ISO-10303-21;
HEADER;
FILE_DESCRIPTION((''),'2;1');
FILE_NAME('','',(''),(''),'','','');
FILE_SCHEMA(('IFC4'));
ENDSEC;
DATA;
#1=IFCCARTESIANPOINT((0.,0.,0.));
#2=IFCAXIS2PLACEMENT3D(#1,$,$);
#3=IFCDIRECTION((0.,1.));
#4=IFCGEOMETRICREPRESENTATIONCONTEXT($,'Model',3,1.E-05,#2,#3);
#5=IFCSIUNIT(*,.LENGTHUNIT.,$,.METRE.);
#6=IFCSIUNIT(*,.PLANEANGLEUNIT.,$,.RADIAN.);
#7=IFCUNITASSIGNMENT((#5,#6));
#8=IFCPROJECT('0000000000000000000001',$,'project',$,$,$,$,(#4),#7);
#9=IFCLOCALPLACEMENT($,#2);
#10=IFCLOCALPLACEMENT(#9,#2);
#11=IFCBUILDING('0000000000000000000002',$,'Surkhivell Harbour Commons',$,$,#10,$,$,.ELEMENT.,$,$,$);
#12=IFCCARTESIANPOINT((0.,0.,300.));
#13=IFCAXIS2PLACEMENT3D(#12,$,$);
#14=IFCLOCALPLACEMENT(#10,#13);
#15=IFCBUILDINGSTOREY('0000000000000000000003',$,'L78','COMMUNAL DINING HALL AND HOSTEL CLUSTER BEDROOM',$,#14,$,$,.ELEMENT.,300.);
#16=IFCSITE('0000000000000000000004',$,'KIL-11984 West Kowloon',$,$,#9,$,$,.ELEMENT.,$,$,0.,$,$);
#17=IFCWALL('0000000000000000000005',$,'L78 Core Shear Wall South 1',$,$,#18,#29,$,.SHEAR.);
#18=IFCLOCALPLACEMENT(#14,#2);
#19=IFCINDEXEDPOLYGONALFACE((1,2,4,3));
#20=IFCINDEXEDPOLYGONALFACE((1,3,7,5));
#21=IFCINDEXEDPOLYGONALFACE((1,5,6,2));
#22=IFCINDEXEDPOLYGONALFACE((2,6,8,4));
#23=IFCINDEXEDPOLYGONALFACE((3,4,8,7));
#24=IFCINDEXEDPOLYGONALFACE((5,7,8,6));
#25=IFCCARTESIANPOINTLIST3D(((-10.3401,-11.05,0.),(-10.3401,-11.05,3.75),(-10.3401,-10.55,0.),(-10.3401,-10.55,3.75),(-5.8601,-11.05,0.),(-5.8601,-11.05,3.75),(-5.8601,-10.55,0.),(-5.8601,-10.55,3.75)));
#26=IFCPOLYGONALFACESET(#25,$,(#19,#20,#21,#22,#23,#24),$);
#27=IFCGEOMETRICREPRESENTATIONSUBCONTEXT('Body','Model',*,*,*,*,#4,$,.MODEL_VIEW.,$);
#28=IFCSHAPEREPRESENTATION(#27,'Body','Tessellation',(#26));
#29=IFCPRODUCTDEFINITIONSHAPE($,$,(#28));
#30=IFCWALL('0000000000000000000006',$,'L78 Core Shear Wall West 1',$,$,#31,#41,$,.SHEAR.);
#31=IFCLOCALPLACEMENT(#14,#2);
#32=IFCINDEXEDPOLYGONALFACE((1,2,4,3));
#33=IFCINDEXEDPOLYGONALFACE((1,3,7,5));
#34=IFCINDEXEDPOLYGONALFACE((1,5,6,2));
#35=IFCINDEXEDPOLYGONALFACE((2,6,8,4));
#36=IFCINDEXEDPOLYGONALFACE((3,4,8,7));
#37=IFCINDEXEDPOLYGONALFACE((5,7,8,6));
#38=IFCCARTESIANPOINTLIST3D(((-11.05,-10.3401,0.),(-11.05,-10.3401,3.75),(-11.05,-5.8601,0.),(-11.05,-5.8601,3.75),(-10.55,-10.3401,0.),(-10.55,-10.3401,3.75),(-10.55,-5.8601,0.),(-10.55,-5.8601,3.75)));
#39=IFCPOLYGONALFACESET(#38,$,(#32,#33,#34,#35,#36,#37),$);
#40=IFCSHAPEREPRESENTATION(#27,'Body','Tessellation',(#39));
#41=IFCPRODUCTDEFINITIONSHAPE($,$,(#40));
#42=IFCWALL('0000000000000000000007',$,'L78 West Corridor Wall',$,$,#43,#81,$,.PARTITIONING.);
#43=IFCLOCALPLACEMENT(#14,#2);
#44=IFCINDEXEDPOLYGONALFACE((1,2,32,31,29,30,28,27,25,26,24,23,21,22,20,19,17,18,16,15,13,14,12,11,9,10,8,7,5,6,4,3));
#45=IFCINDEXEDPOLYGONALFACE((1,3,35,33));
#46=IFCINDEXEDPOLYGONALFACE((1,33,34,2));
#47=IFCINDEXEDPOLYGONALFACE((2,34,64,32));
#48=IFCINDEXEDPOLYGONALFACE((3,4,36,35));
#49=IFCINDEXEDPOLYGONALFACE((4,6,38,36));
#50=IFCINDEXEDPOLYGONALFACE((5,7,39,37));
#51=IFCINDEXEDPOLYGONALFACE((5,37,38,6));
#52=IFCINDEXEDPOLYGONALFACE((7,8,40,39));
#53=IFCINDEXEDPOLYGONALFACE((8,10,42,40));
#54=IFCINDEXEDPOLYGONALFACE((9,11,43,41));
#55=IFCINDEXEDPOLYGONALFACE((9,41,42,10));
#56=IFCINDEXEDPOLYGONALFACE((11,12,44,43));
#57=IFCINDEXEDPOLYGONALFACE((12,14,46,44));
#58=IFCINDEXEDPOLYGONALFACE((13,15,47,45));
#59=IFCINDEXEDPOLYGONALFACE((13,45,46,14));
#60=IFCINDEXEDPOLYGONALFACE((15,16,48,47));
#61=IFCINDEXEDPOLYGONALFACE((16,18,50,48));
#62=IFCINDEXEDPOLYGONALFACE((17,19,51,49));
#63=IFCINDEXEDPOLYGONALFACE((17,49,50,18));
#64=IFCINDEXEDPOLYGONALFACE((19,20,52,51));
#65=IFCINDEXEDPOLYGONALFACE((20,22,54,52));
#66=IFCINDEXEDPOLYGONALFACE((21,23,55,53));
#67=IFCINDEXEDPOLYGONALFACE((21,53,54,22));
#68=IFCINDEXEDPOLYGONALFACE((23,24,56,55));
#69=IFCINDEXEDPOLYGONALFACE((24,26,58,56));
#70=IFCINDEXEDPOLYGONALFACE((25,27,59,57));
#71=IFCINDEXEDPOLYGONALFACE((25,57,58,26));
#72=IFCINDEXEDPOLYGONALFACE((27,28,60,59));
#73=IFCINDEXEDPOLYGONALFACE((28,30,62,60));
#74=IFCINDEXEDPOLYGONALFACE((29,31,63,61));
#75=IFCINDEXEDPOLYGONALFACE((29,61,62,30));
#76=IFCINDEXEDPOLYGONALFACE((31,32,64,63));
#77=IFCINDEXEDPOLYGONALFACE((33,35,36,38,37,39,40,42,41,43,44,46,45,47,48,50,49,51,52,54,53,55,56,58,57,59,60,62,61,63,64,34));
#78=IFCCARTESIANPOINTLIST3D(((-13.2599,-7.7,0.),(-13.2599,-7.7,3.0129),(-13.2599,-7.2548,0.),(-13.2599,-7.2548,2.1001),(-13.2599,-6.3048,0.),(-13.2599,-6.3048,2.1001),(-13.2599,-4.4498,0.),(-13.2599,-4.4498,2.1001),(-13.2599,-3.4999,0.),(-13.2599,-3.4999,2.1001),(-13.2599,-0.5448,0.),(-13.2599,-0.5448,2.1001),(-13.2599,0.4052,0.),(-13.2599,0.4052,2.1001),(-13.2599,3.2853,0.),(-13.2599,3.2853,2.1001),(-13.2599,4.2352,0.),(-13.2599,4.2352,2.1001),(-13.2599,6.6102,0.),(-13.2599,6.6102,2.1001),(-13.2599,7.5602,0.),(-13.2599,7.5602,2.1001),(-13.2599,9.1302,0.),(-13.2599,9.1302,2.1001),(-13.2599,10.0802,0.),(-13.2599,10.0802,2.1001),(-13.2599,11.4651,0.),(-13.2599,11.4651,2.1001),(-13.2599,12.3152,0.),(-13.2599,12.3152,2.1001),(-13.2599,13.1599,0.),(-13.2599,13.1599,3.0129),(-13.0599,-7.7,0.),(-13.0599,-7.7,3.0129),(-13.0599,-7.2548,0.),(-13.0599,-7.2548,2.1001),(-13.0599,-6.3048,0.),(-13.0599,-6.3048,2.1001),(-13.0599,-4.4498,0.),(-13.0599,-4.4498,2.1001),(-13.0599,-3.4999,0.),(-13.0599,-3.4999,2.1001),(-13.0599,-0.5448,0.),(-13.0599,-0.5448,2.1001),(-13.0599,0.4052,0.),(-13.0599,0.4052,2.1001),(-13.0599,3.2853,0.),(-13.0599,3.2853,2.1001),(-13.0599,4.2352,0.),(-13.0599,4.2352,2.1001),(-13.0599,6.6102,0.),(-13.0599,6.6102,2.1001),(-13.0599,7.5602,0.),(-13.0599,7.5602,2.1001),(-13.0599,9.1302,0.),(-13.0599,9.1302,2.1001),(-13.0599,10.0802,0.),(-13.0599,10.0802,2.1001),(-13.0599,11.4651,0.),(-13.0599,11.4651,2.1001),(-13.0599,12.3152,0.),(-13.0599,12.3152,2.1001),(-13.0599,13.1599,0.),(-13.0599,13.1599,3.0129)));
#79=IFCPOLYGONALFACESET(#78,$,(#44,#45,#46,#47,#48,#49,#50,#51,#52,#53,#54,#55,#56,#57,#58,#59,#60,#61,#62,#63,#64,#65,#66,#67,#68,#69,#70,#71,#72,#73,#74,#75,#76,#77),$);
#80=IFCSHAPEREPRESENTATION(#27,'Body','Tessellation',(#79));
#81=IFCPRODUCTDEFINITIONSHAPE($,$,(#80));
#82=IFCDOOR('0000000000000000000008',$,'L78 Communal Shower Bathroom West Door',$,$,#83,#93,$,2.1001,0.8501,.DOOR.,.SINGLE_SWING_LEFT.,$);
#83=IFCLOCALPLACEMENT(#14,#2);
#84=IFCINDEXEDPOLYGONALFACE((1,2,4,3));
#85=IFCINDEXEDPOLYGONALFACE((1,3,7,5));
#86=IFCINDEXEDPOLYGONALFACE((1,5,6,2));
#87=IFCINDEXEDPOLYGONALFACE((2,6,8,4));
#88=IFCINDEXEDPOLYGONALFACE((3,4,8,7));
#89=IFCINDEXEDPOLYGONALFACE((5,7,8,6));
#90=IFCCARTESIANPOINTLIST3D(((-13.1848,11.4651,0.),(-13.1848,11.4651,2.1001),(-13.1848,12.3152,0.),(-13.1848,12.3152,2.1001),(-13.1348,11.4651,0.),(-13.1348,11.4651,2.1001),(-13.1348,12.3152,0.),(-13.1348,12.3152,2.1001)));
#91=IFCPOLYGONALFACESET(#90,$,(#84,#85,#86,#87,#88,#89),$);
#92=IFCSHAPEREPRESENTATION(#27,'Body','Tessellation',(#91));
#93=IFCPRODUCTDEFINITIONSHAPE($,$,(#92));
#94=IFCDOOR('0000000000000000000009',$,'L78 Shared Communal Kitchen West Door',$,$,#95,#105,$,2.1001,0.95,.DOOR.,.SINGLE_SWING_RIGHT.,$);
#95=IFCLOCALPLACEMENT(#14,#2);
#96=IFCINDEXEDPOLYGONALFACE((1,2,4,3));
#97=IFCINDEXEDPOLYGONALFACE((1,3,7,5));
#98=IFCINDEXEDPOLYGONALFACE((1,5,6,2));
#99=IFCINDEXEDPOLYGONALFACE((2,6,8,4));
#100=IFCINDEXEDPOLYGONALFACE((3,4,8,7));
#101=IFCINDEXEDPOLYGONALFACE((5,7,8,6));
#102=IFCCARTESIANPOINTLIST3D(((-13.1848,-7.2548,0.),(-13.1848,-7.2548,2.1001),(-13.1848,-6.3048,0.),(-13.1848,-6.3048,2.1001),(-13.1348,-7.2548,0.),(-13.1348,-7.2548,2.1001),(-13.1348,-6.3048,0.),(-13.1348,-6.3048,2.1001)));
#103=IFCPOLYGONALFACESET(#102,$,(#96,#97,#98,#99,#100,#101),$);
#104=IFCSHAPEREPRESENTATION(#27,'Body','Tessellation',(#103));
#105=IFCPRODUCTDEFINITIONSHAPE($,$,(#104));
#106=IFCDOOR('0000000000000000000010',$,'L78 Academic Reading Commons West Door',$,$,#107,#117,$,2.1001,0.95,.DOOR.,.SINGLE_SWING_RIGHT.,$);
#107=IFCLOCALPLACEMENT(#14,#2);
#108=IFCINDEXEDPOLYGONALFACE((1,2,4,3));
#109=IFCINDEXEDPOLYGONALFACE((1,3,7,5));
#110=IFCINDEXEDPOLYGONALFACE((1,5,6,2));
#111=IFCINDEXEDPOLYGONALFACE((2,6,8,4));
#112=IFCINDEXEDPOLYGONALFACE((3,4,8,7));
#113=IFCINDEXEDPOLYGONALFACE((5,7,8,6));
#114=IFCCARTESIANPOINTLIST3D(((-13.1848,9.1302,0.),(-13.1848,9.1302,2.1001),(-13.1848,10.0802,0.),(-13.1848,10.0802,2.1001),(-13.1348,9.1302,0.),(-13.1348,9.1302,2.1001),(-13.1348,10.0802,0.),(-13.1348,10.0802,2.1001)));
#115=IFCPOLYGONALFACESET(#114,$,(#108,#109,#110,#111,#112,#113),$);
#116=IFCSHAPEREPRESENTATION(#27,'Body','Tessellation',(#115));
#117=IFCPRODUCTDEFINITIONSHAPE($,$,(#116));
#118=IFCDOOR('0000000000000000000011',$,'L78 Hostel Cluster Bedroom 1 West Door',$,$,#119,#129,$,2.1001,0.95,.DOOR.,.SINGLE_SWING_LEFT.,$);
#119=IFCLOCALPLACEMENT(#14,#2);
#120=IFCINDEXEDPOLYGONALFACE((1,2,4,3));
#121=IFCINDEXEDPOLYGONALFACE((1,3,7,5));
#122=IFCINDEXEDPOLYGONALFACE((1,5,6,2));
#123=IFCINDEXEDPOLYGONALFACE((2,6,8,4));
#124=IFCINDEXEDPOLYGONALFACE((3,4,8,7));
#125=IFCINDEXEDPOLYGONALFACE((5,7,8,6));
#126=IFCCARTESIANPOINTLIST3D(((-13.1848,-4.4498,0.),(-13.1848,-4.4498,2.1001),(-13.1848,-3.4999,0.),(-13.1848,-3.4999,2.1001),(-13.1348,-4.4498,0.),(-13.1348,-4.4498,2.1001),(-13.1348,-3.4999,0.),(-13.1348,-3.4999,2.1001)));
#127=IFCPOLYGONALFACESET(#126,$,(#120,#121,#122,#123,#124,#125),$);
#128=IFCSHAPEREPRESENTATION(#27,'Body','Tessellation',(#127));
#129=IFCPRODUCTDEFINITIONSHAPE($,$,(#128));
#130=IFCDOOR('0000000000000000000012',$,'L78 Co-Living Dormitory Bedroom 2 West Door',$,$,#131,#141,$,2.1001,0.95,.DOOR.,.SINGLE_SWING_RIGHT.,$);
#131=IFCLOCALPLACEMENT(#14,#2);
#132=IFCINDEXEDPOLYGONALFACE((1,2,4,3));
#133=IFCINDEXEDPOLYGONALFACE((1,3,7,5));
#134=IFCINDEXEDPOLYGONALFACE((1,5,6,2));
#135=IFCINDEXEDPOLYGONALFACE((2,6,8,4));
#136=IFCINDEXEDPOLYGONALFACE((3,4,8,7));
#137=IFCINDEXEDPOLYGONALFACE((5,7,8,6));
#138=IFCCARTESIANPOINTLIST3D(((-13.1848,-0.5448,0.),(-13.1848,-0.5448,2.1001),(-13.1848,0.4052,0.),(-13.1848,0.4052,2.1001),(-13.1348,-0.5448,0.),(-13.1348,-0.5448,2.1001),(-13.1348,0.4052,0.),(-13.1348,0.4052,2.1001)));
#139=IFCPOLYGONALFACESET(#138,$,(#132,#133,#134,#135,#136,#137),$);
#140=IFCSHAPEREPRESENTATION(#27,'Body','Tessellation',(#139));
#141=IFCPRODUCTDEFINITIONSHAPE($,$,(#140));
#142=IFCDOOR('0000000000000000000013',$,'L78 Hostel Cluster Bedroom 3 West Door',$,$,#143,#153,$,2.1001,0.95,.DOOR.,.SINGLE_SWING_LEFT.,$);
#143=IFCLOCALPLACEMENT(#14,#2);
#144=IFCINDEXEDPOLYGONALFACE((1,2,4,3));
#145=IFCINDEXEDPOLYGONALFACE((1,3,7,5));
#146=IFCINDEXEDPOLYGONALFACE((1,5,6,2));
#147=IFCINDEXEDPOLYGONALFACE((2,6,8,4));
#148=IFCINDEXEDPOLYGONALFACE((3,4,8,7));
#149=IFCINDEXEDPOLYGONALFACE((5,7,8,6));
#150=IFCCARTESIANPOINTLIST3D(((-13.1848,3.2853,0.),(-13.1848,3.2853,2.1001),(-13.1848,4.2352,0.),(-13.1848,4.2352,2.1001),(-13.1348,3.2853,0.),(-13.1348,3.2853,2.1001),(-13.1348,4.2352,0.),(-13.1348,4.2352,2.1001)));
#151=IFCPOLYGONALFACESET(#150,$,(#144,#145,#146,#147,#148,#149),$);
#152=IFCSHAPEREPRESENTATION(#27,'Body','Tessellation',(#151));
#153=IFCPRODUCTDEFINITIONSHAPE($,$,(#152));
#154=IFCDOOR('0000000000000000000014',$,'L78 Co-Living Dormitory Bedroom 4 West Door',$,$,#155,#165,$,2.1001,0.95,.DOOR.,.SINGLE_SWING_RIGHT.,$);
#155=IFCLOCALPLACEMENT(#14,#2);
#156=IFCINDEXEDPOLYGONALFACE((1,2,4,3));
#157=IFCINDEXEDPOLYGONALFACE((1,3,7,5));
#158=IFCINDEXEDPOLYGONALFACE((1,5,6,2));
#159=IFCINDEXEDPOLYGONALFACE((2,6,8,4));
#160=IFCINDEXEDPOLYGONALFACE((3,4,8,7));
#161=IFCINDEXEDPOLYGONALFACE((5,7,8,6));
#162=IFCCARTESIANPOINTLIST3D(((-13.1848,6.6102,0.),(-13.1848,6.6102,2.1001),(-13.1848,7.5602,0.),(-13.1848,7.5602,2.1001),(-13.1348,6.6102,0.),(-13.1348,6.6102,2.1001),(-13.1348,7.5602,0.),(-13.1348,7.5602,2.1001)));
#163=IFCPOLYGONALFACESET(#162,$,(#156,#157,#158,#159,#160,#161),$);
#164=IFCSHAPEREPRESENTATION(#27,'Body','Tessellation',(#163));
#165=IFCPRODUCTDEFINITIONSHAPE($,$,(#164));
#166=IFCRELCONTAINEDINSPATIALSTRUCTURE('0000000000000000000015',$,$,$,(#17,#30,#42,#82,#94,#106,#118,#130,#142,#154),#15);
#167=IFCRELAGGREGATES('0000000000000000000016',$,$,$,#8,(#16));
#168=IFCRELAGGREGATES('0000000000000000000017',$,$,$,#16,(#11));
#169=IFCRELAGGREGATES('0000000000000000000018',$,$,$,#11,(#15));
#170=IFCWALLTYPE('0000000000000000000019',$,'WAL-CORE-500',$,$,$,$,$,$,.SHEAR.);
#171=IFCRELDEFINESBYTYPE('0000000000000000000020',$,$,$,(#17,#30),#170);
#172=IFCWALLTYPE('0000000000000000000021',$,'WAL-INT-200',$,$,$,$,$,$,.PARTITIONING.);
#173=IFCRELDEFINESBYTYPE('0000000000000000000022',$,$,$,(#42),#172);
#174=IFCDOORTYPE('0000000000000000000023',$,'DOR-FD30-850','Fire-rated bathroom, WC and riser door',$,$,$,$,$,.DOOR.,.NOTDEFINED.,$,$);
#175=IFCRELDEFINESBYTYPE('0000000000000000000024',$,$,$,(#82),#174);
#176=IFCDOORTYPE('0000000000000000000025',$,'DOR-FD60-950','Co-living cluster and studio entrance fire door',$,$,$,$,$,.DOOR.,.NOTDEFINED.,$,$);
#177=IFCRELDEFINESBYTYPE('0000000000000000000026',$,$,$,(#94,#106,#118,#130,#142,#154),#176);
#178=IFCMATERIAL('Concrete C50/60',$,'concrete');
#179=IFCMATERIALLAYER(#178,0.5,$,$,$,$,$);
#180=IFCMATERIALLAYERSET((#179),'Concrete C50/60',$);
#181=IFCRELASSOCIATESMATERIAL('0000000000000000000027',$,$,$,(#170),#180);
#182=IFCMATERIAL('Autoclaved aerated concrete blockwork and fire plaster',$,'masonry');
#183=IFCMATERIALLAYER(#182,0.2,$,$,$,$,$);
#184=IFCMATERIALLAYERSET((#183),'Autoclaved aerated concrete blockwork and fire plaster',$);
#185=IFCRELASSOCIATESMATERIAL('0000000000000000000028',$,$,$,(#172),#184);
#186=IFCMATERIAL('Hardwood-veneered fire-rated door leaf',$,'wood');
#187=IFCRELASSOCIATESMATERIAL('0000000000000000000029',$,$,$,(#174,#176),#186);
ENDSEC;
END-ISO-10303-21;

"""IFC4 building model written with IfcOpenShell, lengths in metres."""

from ifc_helpers import new_model, si_unit, direction, frame, frame_2d, origin, place, context, subcontext, project, spatial, rectangle, extrude, material, layer, layer_set, type_object, element, fill, save


model = new_model("IFC4")

# Units and contexts
model_context = context("Model", 3, precision=1e-05, world=origin(), true_north=direction((0.0, 1.0)))
body_context = subcontext(model_context, "Body", "Model", "MODEL_VIEW")
ifc_project = project(units=[si_unit("LENGTHUNIT", "METRE"), si_unit("PLANEANGLEUNIT", "RADIAN")], contexts=[model_context])

# Site, building, storey
site_placement = place(None, origin())
site = spatial("IfcSite", under=ifc_project, at=site_placement, Name="KIL-11984 West Kowloon", CompositionType="ELEMENT", RefElevation=0.0)
building_placement = place(site_placement, origin())
building = spatial("IfcBuilding", under=site, at=building_placement, Name="Surkhivell Harbour Commons", CompositionType="ELEMENT")
storey_placement = place(building_placement, frame((0.0, 0.0, 300.0)))
storey = spatial("IfcBuildingStorey", under=building, at=storey_placement, Name="L78", Description="COMMUNAL DINING HALL AND HOSTEL CLUSTER BEDROOM", CompositionType="ELEMENT", Elevation=300.0)

# Walls
ifc_material_1 = material(Name="Concrete C50/60", Category="concrete")
ifc_layer_1 = layer(ifc_material_1, 0.5)
ifc_layer_set_1 = layer_set([ifc_layer_1], Name="Concrete C50/60")
wall_type_1 = type_object("IfcWallType", Name="WAL-CORE-500", PredefinedType="SHEAR", material=ifc_layer_set_1)
for number, where, z_axis, x_axis, name in (
    (1, (-10.3401, -10.8, 0.0), (0.0, 0.0, 1.0), (1.0, 0.0, 0.0), "L78 Core Shear Wall South 1"),
    (2, (-10.8, -10.3401, 0.0), (0.0, 0.0, 1.0), (0.0, 1.0, 0.0), "L78 Core Shear Wall West 1"),
):
    element("IfcWall", number, at=place(storey_placement, frame(where, z_axis=z_axis, x_axis=x_axis)), inside=storey, type_object=wall_type_1, Name=name, PredefinedType="SHEAR", context=body_context, shape_type="SweptSolid", body=[
        extrude(rectangle(XDim=4.48, YDim=0.5, at=frame_2d((2.24, 0.0))), origin(), (0.0, 0.0, 1.0), 3.75),
    ])

# Wall, openings, doors
ifc_material_2 = material(Name="Autoclaved aerated concrete blockwork and fire plaster", Category="masonry")
ifc_layer_2 = layer(ifc_material_2, 0.2)
ifc_layer_set_2 = layer_set([ifc_layer_2], Name="Autoclaved aerated concrete blockwork and fire plaster")
wall_type_2 = type_object("IfcWallType", Name="WAL-INT-200", PredefinedType="PARTITIONING", material=ifc_layer_set_2)
wall_1_placement = place(storey_placement, frame((-13.1599, -7.7, 0.0), z_axis=(0.0, 0.0, 1.0), x_axis=(0.0, 1.0, 0.0)))
wall_1 = element("IfcWall", 3, at=wall_1_placement, inside=storey, type_object=wall_type_2, Name="L78 West Corridor Wall", PredefinedType="PARTITIONING", context=body_context, shape_type="SweptSolid", body=[
    extrude(rectangle(XDim=20.8599, YDim=0.2, at=frame_2d((10.4299, 0.0))), origin(), (0.0, 0.0, 1.0), 3.0129),
])
opening_1_placement = place(wall_1_placement, frame((0.4451, 0.0, 0.0)))
opening_1 = element("IfcOpeningElement", 4, at=opening_1_placement, cuts=wall_1, PredefinedType="OPENING", context=body_context, shape_type="SweptSolid", body=[
    extrude(rectangle(XDim=0.95, YDim=2.1001, at=frame_2d((0.4751, 1.05))), frame((0.0, 0.1099, 0.0), z_axis=(0.0, -1.0, 0.0), x_axis=(1.0, 0.0, 0.0)), (0.0, 0.0, 1.0), 0.22),
])
opening_2_placement = place(wall_1_placement, frame((19.165, 0.0, 0.0)))
opening_2 = element("IfcOpeningElement", 5, at=opening_2_placement, cuts=wall_1, PredefinedType="OPENING", context=body_context, shape_type="SweptSolid", body=[
    extrude(rectangle(XDim=0.8501, YDim=2.1001, at=frame_2d((0.425, 1.05))), frame((0.0, 0.1099, 0.0), z_axis=(0.0, -1.0, 0.0), x_axis=(1.0, 0.0, 0.0)), (0.0, 0.0, 1.0), 0.22),
])
opening_3_placement = place(wall_1_placement, frame((16.8301, 0.0, 0.0)))
opening_3 = element("IfcOpeningElement", 6, at=opening_3_placement, cuts=wall_1, PredefinedType="OPENING", context=body_context, shape_type="SweptSolid", body=[
    extrude(rectangle(XDim=0.95, YDim=2.1001, at=frame_2d((0.4751, 1.05))), frame((0.0, 0.1099, 0.0), z_axis=(0.0, -1.0, 0.0), x_axis=(1.0, 0.0, 0.0)), (0.0, 0.0, 1.0), 0.22),
])
opening_4_placement = place(wall_1_placement, frame((3.25, 0.0, 0.0)))
opening_4 = element("IfcOpeningElement", 7, at=opening_4_placement, cuts=wall_1, PredefinedType="OPENING", context=body_context, shape_type="SweptSolid", body=[
    extrude(rectangle(XDim=0.95, YDim=2.1001, at=frame_2d((0.4751, 1.05))), frame((0.0, 0.1099, 0.0), z_axis=(0.0, -1.0, 0.0), x_axis=(1.0, 0.0, 0.0)), (0.0, 0.0, 1.0), 0.22),
])
opening_5_placement = place(wall_1_placement, frame((7.155, 0.0, 0.0)))
opening_5 = element("IfcOpeningElement", 8, at=opening_5_placement, cuts=wall_1, PredefinedType="OPENING", context=body_context, shape_type="SweptSolid", body=[
    extrude(rectangle(XDim=0.95, YDim=2.1001, at=frame_2d((0.4751, 1.05))), frame((0.0, 0.1099, 0.0), z_axis=(0.0, -1.0, 0.0), x_axis=(1.0, 0.0, 0.0)), (0.0, 0.0, 1.0), 0.22),
])
opening_6_placement = place(wall_1_placement, frame((10.9851, 0.0, 0.0)))
opening_6 = element("IfcOpeningElement", 9, at=opening_6_placement, cuts=wall_1, PredefinedType="OPENING", context=body_context, shape_type="SweptSolid", body=[
    extrude(rectangle(XDim=0.95, YDim=2.1001, at=frame_2d((0.4751, 1.05))), frame((0.0, 0.1099, 0.0), z_axis=(0.0, -1.0, 0.0), x_axis=(1.0, 0.0, 0.0)), (0.0, 0.0, 1.0), 0.22),
])
opening_7_placement = place(wall_1_placement, frame((14.3101, 0.0, 0.0)))
opening_7 = element("IfcOpeningElement", 10, at=opening_7_placement, cuts=wall_1, PredefinedType="OPENING", context=body_context, shape_type="SweptSolid", body=[
    extrude(rectangle(XDim=0.95, YDim=2.1001, at=frame_2d((0.4751, 1.05))), frame((0.0, 0.1099, 0.0), z_axis=(0.0, -1.0, 0.0), x_axis=(1.0, 0.0, 0.0)), (0.0, 0.0, 1.0), 0.22),
])
ifc_material_3 = material(Name="Hardwood-veneered fire-rated door leaf", Category="wood")
door_type_1 = type_object("IfcDoorType", Name="DOR-FD30-850", Description="Fire-rated bathroom, WC and riser door", OperationType="NOTDEFINED", PredefinedType="DOOR", material=ifc_material_3)
door_1_placement = place(opening_2_placement, origin())
door_1 = element("IfcDoor", 11, at=door_1_placement, inside=storey, type_object=door_type_1, Name="L78 Communal Shower Bathroom West Door", OperationType="SINGLE_SWING_LEFT", OverallHeight=2.1001, OverallWidth=0.8501, PredefinedType="DOOR", context=body_context, shape_type="SweptSolid", body=[
    extrude(rectangle(XDim=0.8501, YDim=2.1001, at=frame_2d((0.425, 1.05))), frame((0.0, 0.0249, 0.0), z_axis=(0.0, -1.0, 0.0), x_axis=(1.0, 0.0, 0.0)), (0.0, 0.0, 1.0), 0.05),
])
fill(opening_2, door_1)
door_type_2 = type_object("IfcDoorType", Name="DOR-FD60-950", Description="Co-living cluster and studio entrance fire door", OperationType="NOTDEFINED", PredefinedType="DOOR", material=ifc_material_3)
door_2_placement = place(opening_1_placement, origin())
door_2 = element("IfcDoor", 12, at=door_2_placement, inside=storey, type_object=door_type_2, Name="L78 Shared Communal Kitchen West Door", OperationType="SINGLE_SWING_RIGHT", OverallHeight=2.1001, OverallWidth=0.95, PredefinedType="DOOR", context=body_context, shape_type="SweptSolid", body=[
    extrude(rectangle(XDim=0.95, YDim=2.1001, at=frame_2d((0.4751, 1.05))), frame((0.0, 0.0249, 0.0), z_axis=(0.0, -1.0, 0.0), x_axis=(1.0, 0.0, 0.0)), (0.0, 0.0, 1.0), 0.05),
])
fill(opening_1, door_2)
door_3_placement = place(opening_3_placement, origin())
door_3 = element("IfcDoor", 13, at=door_3_placement, inside=storey, type_object=door_type_2, Name="L78 Academic Reading Commons West Door", OperationType="SINGLE_SWING_RIGHT", OverallHeight=2.1001, OverallWidth=0.95, PredefinedType="DOOR", context=body_context, shape_type="SweptSolid", body=[
    extrude(rectangle(XDim=0.95, YDim=2.1001, at=frame_2d((0.4751, 1.05))), frame((0.0, 0.0249, 0.0), z_axis=(0.0, -1.0, 0.0), x_axis=(1.0, 0.0, 0.0)), (0.0, 0.0, 1.0), 0.05),
])
fill(opening_3, door_3)
door_4_placement = place(opening_4_placement, origin())
door_4 = element("IfcDoor", 14, at=door_4_placement, inside=storey, type_object=door_type_2, Name="L78 Hostel Cluster Bedroom 1 West Door", OperationType="SINGLE_SWING_LEFT", OverallHeight=2.1001, OverallWidth=0.95, PredefinedType="DOOR", context=body_context, shape_type="SweptSolid", body=[
    extrude(rectangle(XDim=0.95, YDim=2.1001, at=frame_2d((0.4751, 1.05))), frame((0.0, 0.0249, 0.0), z_axis=(0.0, -1.0, 0.0), x_axis=(1.0, 0.0, 0.0)), (0.0, 0.0, 1.0), 0.05),
])
fill(opening_4, door_4)
door_5_placement = place(opening_5_placement, origin())
door_5 = element("IfcDoor", 15, at=door_5_placement, inside=storey, type_object=door_type_2, Name="L78 Co-Living Dormitory Bedroom 2 West Door", OperationType="SINGLE_SWING_RIGHT", OverallHeight=2.1001, OverallWidth=0.95, PredefinedType="DOOR", context=body_context, shape_type="SweptSolid", body=[
    extrude(rectangle(XDim=0.95, YDim=2.1001, at=frame_2d((0.4751, 1.05))), frame((0.0, 0.0249, 0.0), z_axis=(0.0, -1.0, 0.0), x_axis=(1.0, 0.0, 0.0)), (0.0, 0.0, 1.0), 0.05),
])
fill(opening_5, door_5)
door_6_placement = place(opening_6_placement, origin())
door_6 = element("IfcDoor", 16, at=door_6_placement, inside=storey, type_object=door_type_2, Name="L78 Hostel Cluster Bedroom 3 West Door", OperationType="SINGLE_SWING_LEFT", OverallHeight=2.1001, OverallWidth=0.95, PredefinedType="DOOR", context=body_context, shape_type="SweptSolid", body=[
    extrude(rectangle(XDim=0.95, YDim=2.1001, at=frame_2d((0.4751, 1.05))), frame((0.0, 0.0249, 0.0), z_axis=(0.0, -1.0, 0.0), x_axis=(1.0, 0.0, 0.0)), (0.0, 0.0, 1.0), 0.05),
])
fill(opening_6, door_6)
door_7_placement = place(opening_7_placement, origin())
door_7 = element("IfcDoor", 17, at=door_7_placement, inside=storey, type_object=door_type_2, Name="L78 Co-Living Dormitory Bedroom 4 West Door", OperationType="SINGLE_SWING_RIGHT", OverallHeight=2.1001, OverallWidth=0.95, PredefinedType="DOOR", context=body_context, shape_type="SweptSolid", body=[
    extrude(rectangle(XDim=0.95, YDim=2.1001, at=frame_2d((0.4751, 1.05))), frame((0.0, 0.0249, 0.0), z_axis=(0.0, -1.0, 0.0), x_axis=(1.0, 0.0, 0.0)), (0.0, 0.0, 1.0), 0.05),
])
fill(opening_7, door_7)

save(model, "model.ifc")
